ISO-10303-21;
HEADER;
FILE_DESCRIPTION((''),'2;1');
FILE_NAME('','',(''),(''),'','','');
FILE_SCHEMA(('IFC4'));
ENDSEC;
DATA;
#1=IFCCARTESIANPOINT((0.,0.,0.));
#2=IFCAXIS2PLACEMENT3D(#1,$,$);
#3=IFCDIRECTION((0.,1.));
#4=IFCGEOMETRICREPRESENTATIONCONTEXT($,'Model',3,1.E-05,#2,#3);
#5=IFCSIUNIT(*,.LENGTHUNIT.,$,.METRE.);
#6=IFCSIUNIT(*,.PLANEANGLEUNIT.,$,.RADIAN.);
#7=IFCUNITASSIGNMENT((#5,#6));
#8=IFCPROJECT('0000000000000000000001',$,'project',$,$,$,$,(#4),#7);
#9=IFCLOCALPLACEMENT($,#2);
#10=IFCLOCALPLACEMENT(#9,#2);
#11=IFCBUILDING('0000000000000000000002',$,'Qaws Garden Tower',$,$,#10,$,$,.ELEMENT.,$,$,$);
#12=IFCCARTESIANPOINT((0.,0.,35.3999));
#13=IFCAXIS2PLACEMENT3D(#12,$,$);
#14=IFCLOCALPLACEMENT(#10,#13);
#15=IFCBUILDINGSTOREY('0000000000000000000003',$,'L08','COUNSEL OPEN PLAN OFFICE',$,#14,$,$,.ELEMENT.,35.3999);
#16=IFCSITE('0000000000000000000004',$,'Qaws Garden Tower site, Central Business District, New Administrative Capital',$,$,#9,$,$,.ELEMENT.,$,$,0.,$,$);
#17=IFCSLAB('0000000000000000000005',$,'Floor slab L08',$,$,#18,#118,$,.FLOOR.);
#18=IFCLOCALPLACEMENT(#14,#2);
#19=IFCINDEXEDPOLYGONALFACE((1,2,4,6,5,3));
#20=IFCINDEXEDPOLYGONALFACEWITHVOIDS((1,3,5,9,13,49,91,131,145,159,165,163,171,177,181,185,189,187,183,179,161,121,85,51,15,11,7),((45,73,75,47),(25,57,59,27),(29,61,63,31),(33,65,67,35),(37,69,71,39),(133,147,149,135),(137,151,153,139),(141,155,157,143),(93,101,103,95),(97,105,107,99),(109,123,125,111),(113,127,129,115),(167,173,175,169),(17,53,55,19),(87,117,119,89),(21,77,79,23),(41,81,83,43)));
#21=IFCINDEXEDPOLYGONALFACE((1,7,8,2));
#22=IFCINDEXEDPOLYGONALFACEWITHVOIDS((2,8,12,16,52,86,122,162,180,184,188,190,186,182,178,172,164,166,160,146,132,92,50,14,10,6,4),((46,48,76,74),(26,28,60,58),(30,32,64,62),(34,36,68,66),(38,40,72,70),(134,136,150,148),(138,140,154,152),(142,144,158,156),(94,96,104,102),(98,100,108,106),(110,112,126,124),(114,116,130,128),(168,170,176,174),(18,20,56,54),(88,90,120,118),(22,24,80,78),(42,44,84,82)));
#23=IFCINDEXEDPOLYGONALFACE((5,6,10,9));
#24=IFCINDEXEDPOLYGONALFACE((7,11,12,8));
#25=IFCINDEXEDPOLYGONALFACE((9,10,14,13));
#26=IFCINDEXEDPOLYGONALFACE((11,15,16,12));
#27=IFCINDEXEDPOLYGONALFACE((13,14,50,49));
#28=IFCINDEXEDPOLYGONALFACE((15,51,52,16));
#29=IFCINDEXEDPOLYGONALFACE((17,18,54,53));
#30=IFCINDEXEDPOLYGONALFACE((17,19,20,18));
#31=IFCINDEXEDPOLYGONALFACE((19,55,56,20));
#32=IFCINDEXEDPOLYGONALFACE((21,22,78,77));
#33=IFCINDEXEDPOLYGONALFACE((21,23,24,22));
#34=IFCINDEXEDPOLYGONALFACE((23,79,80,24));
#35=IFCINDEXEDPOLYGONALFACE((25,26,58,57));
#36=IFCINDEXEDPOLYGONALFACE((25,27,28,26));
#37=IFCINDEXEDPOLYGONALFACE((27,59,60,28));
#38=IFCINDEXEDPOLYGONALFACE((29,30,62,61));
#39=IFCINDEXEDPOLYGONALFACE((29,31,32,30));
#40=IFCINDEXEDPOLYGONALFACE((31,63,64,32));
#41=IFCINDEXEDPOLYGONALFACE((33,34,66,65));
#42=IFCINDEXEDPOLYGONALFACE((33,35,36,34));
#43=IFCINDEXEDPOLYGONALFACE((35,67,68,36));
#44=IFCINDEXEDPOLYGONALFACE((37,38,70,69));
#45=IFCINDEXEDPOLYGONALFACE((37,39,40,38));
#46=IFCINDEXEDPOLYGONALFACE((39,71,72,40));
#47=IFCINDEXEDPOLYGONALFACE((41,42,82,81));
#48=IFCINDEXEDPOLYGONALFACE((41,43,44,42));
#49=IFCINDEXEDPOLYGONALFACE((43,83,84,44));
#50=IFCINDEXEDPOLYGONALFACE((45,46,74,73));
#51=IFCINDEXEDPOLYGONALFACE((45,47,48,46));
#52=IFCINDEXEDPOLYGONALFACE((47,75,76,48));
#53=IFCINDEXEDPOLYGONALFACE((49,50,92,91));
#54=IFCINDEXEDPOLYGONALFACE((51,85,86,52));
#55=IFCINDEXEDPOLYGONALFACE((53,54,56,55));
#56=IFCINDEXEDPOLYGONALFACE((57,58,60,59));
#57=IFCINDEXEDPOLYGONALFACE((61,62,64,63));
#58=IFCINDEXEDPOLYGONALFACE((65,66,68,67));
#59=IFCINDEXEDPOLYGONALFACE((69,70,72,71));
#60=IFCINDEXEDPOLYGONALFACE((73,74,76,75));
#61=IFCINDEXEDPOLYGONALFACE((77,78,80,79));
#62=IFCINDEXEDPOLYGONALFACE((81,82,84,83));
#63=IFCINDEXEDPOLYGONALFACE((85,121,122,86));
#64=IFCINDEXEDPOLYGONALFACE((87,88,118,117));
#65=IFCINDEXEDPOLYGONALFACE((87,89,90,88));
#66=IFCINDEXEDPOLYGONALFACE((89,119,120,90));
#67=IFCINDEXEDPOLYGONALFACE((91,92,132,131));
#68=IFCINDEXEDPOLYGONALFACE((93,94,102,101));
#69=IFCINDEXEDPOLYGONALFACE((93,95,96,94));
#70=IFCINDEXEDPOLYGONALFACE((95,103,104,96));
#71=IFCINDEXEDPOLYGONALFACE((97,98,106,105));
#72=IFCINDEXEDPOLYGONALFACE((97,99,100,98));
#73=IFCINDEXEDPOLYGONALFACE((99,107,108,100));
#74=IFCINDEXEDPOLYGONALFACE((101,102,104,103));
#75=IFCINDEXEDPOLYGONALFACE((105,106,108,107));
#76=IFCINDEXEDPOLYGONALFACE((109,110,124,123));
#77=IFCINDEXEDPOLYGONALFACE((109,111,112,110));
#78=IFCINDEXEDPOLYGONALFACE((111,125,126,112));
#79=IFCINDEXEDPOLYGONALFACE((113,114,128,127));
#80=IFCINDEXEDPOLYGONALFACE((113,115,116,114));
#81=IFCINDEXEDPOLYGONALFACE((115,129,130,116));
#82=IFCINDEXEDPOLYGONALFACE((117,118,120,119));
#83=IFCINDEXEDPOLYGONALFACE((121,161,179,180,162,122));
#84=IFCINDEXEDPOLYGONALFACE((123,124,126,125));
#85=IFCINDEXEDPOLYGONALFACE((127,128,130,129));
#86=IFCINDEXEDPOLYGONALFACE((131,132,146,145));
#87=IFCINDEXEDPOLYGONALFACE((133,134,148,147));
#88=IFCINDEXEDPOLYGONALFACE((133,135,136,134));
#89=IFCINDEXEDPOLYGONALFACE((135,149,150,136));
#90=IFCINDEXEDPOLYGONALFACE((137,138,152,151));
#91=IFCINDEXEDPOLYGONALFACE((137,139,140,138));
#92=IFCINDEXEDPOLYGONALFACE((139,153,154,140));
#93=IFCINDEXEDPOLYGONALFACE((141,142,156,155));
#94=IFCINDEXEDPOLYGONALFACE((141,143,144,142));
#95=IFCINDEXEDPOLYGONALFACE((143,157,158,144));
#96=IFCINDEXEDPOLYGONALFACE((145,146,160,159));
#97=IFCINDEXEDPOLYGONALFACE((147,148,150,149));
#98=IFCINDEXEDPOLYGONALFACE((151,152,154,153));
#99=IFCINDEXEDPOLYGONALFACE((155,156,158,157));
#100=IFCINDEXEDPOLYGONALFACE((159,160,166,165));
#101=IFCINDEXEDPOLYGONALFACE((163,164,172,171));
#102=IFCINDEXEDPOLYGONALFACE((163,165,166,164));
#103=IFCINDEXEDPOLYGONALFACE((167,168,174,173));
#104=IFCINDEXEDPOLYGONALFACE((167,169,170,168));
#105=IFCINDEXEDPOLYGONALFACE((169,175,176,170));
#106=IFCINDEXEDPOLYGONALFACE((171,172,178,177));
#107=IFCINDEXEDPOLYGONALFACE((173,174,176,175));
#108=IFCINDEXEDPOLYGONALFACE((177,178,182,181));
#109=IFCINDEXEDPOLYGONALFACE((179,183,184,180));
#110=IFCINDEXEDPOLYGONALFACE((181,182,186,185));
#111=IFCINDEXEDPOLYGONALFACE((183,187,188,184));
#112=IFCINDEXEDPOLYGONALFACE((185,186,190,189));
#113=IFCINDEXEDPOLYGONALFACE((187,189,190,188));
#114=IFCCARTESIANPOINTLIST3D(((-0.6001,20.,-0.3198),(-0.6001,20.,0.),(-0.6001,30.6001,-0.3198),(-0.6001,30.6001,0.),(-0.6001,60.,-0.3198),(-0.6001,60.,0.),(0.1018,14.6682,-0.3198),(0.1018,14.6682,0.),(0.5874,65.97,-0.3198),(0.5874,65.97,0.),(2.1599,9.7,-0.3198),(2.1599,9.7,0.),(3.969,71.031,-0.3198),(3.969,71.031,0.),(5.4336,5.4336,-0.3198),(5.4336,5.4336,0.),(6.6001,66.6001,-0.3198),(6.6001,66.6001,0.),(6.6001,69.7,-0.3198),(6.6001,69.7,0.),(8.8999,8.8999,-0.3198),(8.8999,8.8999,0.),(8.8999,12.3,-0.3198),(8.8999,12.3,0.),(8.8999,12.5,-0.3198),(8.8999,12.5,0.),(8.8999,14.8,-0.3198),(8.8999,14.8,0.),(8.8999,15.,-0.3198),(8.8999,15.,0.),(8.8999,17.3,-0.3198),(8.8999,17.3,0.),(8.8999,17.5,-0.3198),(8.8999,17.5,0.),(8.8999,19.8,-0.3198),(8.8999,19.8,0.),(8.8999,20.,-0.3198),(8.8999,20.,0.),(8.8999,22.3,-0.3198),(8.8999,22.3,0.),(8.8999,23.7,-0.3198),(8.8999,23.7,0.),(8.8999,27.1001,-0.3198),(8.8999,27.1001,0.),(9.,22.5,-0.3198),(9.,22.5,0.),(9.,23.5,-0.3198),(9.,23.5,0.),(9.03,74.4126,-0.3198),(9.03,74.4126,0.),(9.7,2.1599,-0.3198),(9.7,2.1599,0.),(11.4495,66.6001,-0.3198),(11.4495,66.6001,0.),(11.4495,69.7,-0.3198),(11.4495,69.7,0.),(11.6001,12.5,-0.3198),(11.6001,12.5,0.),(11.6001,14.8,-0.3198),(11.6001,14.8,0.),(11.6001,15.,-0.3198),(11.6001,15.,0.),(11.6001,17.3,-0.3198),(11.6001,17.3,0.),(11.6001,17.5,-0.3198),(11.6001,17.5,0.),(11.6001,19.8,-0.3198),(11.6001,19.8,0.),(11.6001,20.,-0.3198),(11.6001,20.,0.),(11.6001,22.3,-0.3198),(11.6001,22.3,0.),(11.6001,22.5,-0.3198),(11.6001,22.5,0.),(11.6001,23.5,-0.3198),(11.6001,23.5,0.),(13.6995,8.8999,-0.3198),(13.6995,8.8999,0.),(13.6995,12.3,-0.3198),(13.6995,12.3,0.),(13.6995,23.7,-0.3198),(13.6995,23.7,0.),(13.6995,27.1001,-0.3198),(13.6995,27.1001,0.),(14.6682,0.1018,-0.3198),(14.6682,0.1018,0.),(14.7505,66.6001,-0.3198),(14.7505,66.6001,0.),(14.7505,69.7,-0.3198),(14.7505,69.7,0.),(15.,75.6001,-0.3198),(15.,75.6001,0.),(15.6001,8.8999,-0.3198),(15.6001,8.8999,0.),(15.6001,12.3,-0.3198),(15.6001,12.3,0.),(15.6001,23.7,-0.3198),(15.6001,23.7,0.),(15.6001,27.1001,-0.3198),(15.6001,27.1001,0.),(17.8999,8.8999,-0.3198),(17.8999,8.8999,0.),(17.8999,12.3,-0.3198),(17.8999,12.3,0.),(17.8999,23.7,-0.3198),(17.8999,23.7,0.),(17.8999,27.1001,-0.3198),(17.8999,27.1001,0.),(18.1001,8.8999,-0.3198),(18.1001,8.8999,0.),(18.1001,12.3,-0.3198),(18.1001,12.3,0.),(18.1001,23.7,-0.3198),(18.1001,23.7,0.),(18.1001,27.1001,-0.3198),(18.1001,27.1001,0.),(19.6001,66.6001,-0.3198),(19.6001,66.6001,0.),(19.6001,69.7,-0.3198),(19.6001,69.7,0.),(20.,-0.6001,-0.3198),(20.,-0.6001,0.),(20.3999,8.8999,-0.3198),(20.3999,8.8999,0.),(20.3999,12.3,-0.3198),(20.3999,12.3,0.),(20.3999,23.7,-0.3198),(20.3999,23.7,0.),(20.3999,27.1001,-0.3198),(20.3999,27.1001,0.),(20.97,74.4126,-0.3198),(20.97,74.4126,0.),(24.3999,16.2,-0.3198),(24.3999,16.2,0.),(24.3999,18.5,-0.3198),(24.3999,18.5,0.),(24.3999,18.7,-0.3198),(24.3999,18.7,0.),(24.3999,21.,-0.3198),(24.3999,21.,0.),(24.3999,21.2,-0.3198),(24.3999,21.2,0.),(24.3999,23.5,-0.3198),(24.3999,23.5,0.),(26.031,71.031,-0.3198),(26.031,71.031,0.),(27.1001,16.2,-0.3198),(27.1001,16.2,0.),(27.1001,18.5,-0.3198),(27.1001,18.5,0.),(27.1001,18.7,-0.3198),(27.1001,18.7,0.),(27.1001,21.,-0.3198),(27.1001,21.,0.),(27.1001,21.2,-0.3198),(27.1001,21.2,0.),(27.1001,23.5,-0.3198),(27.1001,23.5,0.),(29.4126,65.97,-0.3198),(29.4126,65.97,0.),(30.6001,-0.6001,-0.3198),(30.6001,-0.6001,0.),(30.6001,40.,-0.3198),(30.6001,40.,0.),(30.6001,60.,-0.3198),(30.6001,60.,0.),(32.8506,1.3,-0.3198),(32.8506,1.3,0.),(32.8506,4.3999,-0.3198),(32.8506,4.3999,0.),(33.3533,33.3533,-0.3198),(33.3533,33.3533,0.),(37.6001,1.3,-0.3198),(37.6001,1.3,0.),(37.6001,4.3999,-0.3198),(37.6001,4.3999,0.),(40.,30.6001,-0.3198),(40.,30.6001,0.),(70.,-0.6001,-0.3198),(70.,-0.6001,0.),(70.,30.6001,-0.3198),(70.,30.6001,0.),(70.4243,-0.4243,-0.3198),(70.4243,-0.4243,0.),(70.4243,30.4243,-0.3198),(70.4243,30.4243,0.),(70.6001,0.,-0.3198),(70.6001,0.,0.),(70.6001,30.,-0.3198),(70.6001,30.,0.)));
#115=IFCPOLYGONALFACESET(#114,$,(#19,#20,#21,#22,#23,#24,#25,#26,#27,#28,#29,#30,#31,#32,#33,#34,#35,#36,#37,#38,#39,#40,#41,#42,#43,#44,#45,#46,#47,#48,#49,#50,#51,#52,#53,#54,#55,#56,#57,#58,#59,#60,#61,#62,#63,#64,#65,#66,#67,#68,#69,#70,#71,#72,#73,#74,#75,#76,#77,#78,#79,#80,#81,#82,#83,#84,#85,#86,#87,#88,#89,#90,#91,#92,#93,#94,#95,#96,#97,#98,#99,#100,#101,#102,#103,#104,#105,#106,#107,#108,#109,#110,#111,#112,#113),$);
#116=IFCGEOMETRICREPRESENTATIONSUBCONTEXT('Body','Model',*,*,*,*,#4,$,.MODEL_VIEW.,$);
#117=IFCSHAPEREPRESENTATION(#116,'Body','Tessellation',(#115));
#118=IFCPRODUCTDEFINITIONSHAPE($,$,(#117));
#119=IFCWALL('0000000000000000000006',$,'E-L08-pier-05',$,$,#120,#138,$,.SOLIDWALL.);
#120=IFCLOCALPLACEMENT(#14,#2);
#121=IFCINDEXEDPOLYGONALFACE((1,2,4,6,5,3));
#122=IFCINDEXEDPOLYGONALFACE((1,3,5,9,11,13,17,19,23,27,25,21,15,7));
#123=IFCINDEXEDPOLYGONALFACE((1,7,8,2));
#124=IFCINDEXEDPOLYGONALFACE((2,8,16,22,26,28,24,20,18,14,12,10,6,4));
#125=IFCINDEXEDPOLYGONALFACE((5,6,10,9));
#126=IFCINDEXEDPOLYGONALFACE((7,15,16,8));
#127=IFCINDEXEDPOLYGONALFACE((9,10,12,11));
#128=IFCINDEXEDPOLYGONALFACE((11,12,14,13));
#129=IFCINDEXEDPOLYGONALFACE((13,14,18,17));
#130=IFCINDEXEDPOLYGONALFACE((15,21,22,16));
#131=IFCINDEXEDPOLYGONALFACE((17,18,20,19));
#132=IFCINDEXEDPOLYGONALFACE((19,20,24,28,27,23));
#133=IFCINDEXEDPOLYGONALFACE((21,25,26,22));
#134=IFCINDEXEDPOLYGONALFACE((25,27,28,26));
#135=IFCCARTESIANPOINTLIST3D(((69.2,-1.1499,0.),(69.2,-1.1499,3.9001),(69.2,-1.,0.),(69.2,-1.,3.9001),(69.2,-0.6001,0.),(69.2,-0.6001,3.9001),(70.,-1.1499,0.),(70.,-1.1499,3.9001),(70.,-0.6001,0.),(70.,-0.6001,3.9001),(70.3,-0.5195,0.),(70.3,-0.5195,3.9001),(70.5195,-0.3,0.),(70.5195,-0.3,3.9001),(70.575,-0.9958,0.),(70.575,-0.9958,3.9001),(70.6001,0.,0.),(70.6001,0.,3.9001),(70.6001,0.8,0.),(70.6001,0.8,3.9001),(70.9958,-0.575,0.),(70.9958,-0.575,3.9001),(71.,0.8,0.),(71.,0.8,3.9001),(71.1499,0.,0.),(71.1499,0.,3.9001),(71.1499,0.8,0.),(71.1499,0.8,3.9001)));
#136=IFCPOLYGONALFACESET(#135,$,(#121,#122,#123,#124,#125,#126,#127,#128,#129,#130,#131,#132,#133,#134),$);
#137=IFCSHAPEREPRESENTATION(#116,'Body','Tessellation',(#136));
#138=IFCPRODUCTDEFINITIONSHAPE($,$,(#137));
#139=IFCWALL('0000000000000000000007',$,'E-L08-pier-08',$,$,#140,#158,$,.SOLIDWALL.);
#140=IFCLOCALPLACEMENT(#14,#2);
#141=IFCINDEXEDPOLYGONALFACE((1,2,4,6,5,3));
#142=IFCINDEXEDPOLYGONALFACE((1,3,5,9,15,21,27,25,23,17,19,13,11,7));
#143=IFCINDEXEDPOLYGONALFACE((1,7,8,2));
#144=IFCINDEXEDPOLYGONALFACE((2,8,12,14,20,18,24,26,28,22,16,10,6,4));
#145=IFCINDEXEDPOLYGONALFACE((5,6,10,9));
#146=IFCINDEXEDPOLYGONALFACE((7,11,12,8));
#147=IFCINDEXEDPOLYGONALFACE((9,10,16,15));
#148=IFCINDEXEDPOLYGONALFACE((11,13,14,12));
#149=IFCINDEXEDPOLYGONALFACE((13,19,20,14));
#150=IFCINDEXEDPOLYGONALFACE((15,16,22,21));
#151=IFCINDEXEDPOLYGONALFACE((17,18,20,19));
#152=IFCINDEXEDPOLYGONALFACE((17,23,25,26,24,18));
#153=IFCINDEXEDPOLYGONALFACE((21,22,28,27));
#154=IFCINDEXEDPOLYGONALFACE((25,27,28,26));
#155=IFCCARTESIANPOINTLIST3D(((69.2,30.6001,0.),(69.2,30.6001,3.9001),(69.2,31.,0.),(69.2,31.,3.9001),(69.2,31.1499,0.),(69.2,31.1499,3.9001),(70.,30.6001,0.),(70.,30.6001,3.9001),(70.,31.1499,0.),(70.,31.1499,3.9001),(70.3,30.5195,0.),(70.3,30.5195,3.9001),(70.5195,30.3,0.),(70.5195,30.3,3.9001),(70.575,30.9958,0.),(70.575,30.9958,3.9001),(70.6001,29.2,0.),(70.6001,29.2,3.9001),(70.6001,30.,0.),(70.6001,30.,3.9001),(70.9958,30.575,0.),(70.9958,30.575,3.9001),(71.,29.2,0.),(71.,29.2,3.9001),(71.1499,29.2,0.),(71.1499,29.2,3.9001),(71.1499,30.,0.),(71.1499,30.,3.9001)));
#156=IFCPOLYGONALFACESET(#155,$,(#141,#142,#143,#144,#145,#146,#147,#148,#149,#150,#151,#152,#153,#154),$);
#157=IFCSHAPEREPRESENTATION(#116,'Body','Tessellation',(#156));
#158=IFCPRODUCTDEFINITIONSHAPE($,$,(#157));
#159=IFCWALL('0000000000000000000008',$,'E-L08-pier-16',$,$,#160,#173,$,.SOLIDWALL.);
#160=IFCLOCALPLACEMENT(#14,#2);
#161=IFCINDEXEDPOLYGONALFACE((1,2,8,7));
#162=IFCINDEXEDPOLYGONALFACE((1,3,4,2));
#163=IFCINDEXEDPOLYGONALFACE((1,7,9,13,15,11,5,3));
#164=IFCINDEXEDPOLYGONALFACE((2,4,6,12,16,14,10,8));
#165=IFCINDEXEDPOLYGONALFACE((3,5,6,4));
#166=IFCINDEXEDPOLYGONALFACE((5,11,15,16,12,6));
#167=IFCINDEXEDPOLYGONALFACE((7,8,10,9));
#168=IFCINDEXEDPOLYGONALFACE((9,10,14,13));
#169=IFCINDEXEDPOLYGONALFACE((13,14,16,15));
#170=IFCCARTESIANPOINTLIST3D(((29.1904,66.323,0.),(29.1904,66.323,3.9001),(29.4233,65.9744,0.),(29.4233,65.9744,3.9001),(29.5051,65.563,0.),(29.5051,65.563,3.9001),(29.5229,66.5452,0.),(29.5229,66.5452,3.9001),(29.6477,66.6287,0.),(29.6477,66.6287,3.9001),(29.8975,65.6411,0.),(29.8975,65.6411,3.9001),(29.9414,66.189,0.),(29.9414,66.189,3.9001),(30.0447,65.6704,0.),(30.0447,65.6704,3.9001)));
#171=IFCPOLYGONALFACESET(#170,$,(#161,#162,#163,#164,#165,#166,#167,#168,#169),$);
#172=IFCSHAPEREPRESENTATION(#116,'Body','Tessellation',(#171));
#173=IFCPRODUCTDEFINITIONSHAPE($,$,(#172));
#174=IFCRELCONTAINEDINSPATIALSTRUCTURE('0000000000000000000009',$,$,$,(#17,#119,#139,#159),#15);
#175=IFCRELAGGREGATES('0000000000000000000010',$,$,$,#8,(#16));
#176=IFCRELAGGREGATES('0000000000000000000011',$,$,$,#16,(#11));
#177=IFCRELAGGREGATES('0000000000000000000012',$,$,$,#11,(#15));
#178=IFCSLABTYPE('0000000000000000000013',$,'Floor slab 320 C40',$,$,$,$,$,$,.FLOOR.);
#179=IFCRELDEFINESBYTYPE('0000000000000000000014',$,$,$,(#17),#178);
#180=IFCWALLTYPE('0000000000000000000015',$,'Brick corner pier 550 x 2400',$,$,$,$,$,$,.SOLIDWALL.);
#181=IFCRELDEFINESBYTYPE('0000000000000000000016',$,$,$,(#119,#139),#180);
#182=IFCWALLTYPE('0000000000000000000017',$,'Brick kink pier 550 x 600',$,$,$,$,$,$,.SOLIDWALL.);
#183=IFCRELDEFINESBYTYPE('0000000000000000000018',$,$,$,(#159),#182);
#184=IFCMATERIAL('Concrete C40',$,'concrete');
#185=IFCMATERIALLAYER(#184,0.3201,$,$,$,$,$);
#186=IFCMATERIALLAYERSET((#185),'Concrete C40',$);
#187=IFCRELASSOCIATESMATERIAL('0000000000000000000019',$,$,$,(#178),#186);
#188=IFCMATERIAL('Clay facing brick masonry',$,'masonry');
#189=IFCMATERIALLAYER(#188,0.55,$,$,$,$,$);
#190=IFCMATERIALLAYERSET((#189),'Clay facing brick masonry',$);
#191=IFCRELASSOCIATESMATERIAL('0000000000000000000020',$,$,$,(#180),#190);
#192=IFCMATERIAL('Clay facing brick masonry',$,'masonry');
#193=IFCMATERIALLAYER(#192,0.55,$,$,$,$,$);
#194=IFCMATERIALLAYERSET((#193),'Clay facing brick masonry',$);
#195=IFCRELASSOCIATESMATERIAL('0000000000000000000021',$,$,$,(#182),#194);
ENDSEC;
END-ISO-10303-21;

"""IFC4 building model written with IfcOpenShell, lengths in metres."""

from ifc_helpers import new_model, si_unit, direction, frame, origin, place, context, subcontext, project, spatial, polyline, outline, extrude, material, layer, layer_set, type_object, element, save


model = new_model("IFC4")

# Units and contexts
model_context = context("Model", 3, precision=1e-05, world=origin(), true_north=direction((0.0, 1.0)))
body_context = subcontext(model_context, "Body", "Model", "MODEL_VIEW")
ifc_project = project(units=[si_unit("LENGTHUNIT", "METRE"), si_unit("PLANEANGLEUNIT", "RADIAN")], contexts=[model_context])

# Site, building, storey
site_placement = place(None, origin())
site = spatial("IfcSite", under=ifc_project, at=site_placement, Name="Qaws Garden Tower site, Central Business District, New Administrative Capital", CompositionType="ELEMENT", RefElevation=0.0)
building_placement = place(site_placement, origin())
building = spatial("IfcBuilding", under=site, at=building_placement, Name="Qaws Garden Tower", CompositionType="ELEMENT")
storey_placement = place(building_placement, frame((0.0, 0.0, 35.3999)))
storey = spatial("IfcBuildingStorey", under=building, at=storey_placement, Name="L08", Description="COUNSEL OPEN PLAN OFFICE", CompositionType="ELEMENT", Elevation=35.3999)

# Slab
ifc_material_1 = material(Name="Concrete C40", Category="concrete")
ifc_layer_1 = layer(ifc_material_1, 0.3201)
ifc_layer_set_1 = layer_set([ifc_layer_1], Name="Concrete C40")
slab_type = type_object("IfcSlabType", Name="Floor slab 320 C40", PredefinedType="FLOOR", material=ifc_layer_set_1)
slab_placement = place(storey_placement, frame((0.0, 0.0, -0.3198)))
element("IfcSlab", 1, at=slab_placement, inside=storey, type_object=slab_type, Name="Floor slab L08", PredefinedType="FLOOR", context=body_context, shape_type="SweptSolid", body=[
    extrude(outline(polyline([(0.1018, 14.6682), (-0.6001, 20.0), (-0.6001, 30.6001), (-0.6001, 60.0), (-0.6001, 60.0), (0.5874, 65.97), (3.969, 71.031), (9.03, 74.4126), (15.0, 75.6001), (20.97, 74.4126), (26.031, 71.031), (29.4126, 65.97), (30.6001, 60.0), (30.6001, 40.0), (33.3533, 33.3533), (40.0, 30.6001), (70.0, 30.6001), (70.4243, 30.4243), (70.6001, 30.0), (70.6001, 0.0), (70.4243, -0.4243), (70.0, -0.6001), (30.6001, -0.6001), (20.0, -0.6001), (14.6682, 0.1018), (9.7, 2.1599), (5.4336, 5.4336), (2.1599, 9.7), (0.1018, 14.6682)]), holes=[polyline([(13.6995, 12.3), (8.8999, 12.3), (8.8999, 8.8999), (13.6995, 8.8999), (13.6995, 12.3)]), polyline([(17.8999, 12.3), (15.6001, 12.3), (15.6001, 8.8999), (17.8999, 8.8999), (17.8999, 12.3)]), polyline([(11.6001, 14.8), (8.8999, 14.8), (8.8999, 12.5), (11.6001, 12.5), (11.6001, 14.8)]), polyline([(11.6001, 17.3), (8.8999, 17.3), (8.8999, 15.0), (11.6001, 15.0), (11.6001, 17.3)]), polyline([(11.6001, 19.8), (8.8999, 19.8), (8.8999, 17.5), (11.6001, 17.5), (11.6001, 19.8)]), polyline([(11.6001, 22.3), (8.8999, 22.3), (8.8999, 20.0), (11.6001, 20.0), (11.6001, 22.3)]), polyline([(11.6001, 23.5), (9.0, 23.5), (9.0, 22.5), (11.6001, 22.5), (11.6001, 23.5)]), polyline([(13.6995, 27.1001), (8.8999, 27.1001), (8.8999, 23.7), (13.6995, 23.7), (13.6995, 27.1001)]), polyline([(11.4495, 69.7), (6.6001, 69.7), (6.6001, 66.6001), (11.4495, 66.6001), (11.4495, 69.7)]), polyline([(37.6001, 4.3999), (32.8506, 4.3999), (32.8506, 1.3), (37.6001, 1.3), (37.6001, 4.3999)]), polyline([(20.3999, 12.3), (18.1001, 12.3), (18.1001, 8.8999), (20.3999, 8.8999), (20.3999, 12.3)]), polyline([(27.1001, 18.5), (24.3999, 18.5), (24.3999, 16.2), (27.1001, 16.2), (27.1001, 18.5)]), polyline([(27.1001, 21.0), (24.3999, 21.0), (24.3999, 18.7), (27.1001, 18.7), (27.1001, 21.0)]), polyline([(27.1001, 23.5), (24.3999, 23.5), (24.3999, 21.2), (27.1001, 21.2), (27.1001, 23.5)]), polyline([(17.8999, 27.1001), (15.6001, 27.1001), (15.6001, 23.7), (17.8999, 23.7), (17.8999, 27.1001)]), polyline([(20.3999, 23.7), (20.3999, 27.1001), (18.1001, 27.1001), (18.1001, 23.7), (20.3999, 23.7)]), polyline([(19.6001, 66.6001), (19.6001, 69.7), (14.7505, 69.7), (14.7505, 66.6001), (19.6001, 66.6001)])]), origin(), (0.0, 0.0, 1.0), 0.3198),
])

# Walls
ifc_material_2 = material(Name="Clay facing brick masonry", Category="masonry")
ifc_layer_2 = layer(ifc_material_2, 0.55)
ifc_layer_set_2 = layer_set([ifc_layer_2], Name="Clay facing brick masonry")
wall_type_1 = type_object("IfcWallType", Name="Brick corner pier 550 x 2400", PredefinedType="SOLIDWALL", material=ifc_layer_set_2)
placement = place(storey_placement, origin())
element("IfcWall", 2, at=placement, inside=storey, type_object=wall_type_1, Name="E-L08-pier-05", PredefinedType="SOLIDWALL", context=body_context, shape_type="SweptSolid", body=[
    extrude(outline(polyline([(69.2, -1.0), (69.2, -1.1499), (70.0, -1.1499), (70.575, -0.9958), (70.9958, -0.575), (71.1499, 0.0), (71.1499, 0.8), (71.0, 0.8), (70.6001, 0.8), (70.6001, 0.0), (70.5195, -0.3), (70.3, -0.5195), (70.0, -0.6001), (69.2, -0.6001), (69.2, -1.0)])), origin(), (0.0, 0.0, 1.0), 3.9001),
])
element("IfcWall", 3, at=placement, inside=storey, type_object=wall_type_1, Name="E-L08-pier-08", PredefinedType="SOLIDWALL", context=body_context, shape_type="SweptSolid", body=[
    extrude(outline(polyline([(71.0, 29.2), (71.1499, 29.2), (71.1499, 30.0), (70.9958, 30.575), (70.575, 30.9958), (70.0, 31.1499), (69.2, 31.1499), (69.2, 31.0), (69.2, 30.6001), (70.0, 30.6001), (70.3, 30.5195), (70.5195, 30.3), (70.6001, 30.0), (70.6001, 29.2), (71.0, 29.2)])), origin(), (0.0, 0.0, 1.0), 3.9001),
])
ifc_material_3 = material(Name="Clay facing brick masonry", Category="masonry")
ifc_layer_3 = layer(ifc_material_3, 0.55)
ifc_layer_set_3 = layer_set([ifc_layer_3], Name="Clay facing brick masonry")
wall_type_2 = type_object("IfcWallType", Name="Brick kink pier 550 x 600", PredefinedType="SOLIDWALL", material=ifc_layer_set_3)
element("IfcWall", 4, at=placement, inside=storey, type_object=wall_type_2, Name="E-L08-pier-16", PredefinedType="SOLIDWALL", context=body_context, shape_type="SweptSolid", body=[
    extrude(outline(polyline([(29.8975, 65.6411), (30.0447, 65.6704), (29.9414, 66.189), (29.6477, 66.6287), (29.5229, 66.5452), (29.1904, 66.323), (29.4233, 65.9744), (29.5051, 65.563), (29.8975, 65.6411)])), origin(), (0.0, 0.0, 1.0), 3.9001),
])

save(model, "model.ifc")
